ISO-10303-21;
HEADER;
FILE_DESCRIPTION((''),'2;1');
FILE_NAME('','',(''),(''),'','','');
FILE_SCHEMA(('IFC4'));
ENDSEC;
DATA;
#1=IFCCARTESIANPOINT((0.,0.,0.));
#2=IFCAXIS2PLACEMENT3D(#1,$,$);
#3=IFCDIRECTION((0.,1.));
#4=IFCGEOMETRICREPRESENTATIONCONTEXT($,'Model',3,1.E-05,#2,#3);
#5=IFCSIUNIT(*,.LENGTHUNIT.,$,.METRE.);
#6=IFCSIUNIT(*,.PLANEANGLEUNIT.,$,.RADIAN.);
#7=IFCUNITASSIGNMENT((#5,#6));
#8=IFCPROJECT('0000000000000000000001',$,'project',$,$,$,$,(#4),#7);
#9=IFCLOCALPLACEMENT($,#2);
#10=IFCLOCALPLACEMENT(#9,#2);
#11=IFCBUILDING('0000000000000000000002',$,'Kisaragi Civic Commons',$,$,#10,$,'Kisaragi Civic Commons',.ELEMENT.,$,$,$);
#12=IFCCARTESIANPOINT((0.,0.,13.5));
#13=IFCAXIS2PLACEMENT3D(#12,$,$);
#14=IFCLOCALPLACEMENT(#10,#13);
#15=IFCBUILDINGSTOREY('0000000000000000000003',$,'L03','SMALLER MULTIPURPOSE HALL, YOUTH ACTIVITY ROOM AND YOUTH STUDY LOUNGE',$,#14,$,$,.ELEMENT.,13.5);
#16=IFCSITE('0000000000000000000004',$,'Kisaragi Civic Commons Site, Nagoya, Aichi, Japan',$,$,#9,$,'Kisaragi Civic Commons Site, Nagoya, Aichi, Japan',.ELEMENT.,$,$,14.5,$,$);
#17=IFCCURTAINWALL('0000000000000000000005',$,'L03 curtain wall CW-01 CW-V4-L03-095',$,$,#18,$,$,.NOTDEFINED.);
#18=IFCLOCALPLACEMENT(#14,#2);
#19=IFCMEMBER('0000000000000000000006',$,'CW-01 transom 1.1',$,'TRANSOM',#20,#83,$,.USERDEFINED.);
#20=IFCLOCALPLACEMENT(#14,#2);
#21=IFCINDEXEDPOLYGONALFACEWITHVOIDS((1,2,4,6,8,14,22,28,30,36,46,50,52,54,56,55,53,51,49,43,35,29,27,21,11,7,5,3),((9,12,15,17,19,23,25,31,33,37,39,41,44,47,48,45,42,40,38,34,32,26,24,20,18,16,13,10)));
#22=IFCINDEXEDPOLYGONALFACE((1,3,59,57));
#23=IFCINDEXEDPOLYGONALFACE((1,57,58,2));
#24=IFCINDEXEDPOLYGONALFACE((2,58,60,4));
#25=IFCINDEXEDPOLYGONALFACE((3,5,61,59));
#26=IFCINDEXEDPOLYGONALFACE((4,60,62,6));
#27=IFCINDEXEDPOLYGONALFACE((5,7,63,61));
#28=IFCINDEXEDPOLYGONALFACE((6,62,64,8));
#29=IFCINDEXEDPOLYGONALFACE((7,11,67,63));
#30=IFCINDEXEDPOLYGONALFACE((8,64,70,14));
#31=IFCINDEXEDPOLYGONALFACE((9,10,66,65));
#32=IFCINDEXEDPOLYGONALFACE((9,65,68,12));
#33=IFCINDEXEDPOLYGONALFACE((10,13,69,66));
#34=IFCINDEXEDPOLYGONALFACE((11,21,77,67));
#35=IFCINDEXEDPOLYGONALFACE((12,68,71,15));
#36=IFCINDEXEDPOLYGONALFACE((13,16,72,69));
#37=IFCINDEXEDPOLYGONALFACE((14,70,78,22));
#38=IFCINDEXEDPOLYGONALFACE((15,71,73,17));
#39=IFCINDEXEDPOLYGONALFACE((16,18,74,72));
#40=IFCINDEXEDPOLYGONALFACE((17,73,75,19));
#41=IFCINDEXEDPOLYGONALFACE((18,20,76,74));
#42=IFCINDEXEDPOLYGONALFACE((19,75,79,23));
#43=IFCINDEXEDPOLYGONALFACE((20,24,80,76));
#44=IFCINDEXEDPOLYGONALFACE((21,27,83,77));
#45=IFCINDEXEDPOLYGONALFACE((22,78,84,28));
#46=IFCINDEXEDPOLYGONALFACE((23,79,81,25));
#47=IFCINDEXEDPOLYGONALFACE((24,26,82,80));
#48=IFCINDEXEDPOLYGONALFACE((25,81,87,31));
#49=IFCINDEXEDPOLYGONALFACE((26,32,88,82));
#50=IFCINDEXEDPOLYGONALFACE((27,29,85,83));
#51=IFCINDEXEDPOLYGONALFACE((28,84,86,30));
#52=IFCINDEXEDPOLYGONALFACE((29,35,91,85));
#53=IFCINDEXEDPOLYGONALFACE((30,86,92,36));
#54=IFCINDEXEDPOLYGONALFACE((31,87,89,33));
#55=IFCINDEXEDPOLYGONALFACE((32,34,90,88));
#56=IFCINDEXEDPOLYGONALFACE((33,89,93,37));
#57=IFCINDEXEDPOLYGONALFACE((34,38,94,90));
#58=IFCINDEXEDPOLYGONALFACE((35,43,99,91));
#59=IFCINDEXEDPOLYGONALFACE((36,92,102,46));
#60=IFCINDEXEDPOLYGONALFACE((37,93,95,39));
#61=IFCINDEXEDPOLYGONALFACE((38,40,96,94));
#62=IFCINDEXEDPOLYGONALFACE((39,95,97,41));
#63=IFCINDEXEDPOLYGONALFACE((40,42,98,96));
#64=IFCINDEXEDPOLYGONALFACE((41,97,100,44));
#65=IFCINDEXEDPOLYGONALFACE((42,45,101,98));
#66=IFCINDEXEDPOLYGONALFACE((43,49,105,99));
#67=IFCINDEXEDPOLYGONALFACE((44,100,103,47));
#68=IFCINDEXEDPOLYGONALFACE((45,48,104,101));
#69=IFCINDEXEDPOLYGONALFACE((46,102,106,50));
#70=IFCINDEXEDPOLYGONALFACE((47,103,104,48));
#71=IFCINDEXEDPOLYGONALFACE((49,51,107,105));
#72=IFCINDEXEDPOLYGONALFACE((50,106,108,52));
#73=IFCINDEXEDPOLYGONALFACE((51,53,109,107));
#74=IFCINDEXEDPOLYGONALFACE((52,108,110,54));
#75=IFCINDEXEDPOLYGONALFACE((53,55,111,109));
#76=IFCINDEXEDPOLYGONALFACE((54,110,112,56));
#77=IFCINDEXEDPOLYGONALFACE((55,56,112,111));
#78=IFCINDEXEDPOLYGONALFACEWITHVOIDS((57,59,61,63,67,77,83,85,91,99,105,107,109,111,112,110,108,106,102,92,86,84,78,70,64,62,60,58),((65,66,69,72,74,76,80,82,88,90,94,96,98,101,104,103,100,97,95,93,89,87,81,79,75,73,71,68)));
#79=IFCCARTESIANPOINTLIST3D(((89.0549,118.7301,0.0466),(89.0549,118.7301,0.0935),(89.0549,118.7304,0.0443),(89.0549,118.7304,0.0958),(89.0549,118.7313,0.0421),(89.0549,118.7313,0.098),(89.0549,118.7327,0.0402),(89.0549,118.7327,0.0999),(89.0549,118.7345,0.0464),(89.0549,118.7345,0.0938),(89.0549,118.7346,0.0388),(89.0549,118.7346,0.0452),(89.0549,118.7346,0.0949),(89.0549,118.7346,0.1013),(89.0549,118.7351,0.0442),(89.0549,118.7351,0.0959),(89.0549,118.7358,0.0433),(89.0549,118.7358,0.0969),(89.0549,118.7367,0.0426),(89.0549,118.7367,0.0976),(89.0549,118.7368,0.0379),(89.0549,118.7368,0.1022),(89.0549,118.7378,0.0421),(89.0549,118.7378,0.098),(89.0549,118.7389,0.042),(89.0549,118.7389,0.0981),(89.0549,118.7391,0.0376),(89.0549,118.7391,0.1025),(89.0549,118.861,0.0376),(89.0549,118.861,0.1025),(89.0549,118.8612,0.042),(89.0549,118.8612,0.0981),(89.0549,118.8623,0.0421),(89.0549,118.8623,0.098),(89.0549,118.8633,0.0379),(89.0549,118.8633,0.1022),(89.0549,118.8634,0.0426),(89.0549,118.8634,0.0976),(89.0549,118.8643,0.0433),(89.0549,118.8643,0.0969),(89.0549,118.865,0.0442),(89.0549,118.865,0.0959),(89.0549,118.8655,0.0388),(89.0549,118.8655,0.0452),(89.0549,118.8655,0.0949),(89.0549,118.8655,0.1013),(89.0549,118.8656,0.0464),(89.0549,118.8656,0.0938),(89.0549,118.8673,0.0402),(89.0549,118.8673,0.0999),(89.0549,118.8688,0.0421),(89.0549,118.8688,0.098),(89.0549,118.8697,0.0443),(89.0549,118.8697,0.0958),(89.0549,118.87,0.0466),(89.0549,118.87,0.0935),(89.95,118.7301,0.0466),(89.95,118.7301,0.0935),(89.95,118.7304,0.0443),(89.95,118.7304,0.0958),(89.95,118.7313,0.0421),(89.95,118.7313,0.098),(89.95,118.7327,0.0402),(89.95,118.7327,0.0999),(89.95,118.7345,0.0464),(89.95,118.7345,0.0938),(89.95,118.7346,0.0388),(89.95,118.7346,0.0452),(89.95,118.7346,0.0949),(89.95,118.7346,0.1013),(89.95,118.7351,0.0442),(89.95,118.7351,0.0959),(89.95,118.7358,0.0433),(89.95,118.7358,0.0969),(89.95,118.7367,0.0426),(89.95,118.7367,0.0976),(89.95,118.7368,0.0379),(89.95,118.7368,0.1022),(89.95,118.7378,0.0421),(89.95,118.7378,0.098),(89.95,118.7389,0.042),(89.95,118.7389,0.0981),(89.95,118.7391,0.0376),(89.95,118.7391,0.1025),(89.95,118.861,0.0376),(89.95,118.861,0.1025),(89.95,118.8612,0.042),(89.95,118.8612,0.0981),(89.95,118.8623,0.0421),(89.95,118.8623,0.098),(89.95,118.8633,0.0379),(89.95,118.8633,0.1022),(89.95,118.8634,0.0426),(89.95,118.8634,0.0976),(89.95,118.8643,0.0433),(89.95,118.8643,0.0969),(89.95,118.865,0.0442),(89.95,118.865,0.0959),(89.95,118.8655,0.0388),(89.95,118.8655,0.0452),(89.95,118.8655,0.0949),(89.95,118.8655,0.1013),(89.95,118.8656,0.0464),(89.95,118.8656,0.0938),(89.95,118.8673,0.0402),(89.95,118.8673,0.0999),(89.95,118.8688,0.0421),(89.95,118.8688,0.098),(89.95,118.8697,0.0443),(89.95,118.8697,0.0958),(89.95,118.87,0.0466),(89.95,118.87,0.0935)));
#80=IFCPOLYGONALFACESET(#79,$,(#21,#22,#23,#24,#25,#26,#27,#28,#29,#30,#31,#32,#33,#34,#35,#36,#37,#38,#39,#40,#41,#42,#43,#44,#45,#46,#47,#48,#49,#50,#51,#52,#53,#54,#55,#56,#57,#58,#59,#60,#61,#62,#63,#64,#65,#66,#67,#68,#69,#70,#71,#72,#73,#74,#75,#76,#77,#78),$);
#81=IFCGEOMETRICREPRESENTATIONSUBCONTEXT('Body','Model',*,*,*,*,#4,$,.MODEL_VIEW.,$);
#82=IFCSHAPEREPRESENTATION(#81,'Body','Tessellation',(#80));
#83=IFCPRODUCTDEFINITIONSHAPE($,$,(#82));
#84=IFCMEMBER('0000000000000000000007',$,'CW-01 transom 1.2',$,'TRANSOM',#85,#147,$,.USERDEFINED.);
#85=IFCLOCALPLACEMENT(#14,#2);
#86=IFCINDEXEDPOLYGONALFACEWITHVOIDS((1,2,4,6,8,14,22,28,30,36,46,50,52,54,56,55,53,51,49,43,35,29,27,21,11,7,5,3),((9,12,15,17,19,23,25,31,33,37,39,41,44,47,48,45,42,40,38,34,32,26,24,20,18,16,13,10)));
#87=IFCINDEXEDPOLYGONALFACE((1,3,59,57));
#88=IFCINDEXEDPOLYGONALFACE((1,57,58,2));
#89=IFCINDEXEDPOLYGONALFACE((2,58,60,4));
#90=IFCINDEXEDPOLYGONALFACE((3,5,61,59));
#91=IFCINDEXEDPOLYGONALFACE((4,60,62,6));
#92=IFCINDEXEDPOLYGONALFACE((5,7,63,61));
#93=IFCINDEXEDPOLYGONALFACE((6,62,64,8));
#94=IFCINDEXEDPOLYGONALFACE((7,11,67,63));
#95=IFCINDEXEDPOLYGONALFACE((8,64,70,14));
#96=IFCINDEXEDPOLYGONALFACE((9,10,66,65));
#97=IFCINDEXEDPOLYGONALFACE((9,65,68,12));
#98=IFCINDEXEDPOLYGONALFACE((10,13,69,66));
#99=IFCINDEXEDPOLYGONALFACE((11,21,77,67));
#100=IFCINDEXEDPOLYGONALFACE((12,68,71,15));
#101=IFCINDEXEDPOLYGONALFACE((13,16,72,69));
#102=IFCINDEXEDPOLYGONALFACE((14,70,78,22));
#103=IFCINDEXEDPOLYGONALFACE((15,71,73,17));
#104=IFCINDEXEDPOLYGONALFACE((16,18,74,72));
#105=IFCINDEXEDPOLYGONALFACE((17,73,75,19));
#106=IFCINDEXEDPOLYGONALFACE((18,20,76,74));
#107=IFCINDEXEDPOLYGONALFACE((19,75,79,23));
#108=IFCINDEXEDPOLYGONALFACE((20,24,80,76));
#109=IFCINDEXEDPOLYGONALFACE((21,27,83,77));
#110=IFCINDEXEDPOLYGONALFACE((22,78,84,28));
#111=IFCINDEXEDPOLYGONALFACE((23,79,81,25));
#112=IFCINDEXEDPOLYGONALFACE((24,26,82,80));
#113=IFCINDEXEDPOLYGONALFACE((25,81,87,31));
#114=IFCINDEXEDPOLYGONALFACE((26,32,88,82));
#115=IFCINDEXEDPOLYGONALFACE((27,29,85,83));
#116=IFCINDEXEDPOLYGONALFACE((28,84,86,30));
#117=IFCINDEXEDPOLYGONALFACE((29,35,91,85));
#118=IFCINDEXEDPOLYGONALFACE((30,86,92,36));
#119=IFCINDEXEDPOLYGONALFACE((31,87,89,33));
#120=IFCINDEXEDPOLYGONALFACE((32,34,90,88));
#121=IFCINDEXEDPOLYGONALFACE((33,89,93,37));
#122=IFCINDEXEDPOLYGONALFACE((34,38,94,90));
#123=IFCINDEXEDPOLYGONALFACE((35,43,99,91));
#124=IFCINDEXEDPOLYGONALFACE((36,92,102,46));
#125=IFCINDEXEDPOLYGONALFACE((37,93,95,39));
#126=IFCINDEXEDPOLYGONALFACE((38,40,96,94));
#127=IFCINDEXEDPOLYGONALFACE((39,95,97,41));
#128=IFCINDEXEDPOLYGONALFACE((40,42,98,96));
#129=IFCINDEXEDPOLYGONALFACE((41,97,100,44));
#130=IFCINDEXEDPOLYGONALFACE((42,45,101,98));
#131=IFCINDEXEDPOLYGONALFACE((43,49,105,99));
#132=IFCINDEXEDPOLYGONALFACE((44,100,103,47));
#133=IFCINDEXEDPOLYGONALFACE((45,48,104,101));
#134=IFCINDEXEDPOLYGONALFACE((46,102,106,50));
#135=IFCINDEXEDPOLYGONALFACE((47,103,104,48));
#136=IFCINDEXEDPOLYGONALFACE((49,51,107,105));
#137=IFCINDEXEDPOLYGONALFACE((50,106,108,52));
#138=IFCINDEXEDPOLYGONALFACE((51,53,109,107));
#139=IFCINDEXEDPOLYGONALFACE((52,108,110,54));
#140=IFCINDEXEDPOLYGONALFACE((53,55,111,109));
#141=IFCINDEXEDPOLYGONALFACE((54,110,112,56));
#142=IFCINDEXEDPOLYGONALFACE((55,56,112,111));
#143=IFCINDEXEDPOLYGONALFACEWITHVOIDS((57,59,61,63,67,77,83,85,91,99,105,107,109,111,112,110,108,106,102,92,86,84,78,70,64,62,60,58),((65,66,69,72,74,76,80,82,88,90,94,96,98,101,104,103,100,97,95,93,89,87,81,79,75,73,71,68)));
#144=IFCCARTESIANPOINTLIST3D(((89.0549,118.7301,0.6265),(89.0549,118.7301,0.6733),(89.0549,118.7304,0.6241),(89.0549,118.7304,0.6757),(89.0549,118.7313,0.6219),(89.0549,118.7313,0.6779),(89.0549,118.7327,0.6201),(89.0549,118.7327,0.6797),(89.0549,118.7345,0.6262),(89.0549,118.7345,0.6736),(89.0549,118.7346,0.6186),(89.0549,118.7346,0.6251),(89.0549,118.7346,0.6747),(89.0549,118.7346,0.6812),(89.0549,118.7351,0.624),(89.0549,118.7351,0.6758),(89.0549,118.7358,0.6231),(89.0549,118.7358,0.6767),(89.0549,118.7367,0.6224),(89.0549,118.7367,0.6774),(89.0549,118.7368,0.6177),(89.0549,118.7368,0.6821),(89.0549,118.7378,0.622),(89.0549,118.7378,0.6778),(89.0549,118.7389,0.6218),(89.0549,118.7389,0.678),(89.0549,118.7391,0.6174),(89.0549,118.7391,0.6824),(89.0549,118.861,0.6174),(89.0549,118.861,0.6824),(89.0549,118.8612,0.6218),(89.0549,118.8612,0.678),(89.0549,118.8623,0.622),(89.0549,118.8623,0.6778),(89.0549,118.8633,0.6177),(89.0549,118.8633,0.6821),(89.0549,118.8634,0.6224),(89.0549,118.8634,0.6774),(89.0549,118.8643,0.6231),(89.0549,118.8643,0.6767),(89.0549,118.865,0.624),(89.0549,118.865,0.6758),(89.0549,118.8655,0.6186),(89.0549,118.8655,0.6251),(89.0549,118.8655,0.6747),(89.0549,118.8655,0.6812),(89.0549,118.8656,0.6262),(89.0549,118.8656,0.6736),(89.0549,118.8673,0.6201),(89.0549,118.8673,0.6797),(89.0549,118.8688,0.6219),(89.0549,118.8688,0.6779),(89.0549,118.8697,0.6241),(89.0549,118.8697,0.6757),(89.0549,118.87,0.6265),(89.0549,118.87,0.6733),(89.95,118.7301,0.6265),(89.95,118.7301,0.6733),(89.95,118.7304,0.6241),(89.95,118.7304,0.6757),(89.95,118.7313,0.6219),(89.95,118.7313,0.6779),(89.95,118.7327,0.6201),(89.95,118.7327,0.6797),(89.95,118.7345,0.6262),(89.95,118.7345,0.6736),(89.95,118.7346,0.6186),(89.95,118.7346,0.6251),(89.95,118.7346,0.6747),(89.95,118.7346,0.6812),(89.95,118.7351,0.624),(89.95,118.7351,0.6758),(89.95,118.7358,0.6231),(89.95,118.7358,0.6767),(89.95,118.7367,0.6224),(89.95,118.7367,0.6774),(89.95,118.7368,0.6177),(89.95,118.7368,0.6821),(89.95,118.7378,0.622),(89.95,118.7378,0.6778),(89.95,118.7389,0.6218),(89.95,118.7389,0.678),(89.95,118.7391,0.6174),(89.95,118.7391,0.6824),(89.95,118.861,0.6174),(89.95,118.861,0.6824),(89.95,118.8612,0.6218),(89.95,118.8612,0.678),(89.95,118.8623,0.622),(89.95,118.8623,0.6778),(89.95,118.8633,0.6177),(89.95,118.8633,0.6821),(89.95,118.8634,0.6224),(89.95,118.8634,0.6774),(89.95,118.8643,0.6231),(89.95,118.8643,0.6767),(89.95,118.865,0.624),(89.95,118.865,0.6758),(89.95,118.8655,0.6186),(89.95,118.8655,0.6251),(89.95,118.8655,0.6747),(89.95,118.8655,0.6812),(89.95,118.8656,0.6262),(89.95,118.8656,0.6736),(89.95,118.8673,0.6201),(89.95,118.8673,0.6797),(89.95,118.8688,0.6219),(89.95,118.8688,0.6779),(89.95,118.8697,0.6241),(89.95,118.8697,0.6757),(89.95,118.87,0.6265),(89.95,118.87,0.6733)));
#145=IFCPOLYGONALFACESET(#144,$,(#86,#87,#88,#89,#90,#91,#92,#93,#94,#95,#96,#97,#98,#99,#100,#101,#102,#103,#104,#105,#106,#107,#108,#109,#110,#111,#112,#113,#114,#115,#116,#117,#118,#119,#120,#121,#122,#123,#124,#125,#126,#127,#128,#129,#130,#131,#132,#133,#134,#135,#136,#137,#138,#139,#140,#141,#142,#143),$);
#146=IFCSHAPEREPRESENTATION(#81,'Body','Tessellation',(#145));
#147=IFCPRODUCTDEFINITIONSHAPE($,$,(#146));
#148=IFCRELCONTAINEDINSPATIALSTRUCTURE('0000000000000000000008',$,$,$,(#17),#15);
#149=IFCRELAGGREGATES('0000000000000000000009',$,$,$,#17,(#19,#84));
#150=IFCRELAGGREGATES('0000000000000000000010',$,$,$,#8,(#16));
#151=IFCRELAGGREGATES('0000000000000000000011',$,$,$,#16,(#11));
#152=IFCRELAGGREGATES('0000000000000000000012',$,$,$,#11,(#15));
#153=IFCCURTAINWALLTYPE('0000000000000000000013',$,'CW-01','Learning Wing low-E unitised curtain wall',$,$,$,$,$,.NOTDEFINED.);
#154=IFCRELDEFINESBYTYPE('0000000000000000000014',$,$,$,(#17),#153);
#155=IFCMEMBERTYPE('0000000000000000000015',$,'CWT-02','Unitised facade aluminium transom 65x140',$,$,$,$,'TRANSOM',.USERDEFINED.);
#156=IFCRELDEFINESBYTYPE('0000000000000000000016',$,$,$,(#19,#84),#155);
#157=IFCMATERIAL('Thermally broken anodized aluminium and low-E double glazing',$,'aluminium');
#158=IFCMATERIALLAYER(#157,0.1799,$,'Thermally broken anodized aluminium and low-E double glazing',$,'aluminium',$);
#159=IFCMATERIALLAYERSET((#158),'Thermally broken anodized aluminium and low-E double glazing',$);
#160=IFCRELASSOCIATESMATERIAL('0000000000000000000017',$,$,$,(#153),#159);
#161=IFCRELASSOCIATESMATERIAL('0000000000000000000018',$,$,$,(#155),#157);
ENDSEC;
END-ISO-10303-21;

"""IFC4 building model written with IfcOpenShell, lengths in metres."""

from ifc_helpers import new_model, si_unit, direction, frame, origin, origin_2d, place, context, subcontext, project, spatial, hollow_rectangle, extrude, material, layer, layer_set, material_profile, profile_set, type_object, element, aggregate, save


model = new_model("IFC4")

# Units and contexts
model_context = context("Model", 3, precision=1e-05, world=origin(), true_north=direction((0.0, 1.0)))
body_context = subcontext(model_context, "Body", "Model", "MODEL_VIEW")
ifc_project = project(units=[si_unit("LENGTHUNIT", "METRE"), si_unit("PLANEANGLEUNIT", "RADIAN")], contexts=[model_context])

# Site, building, storey
site_placement = place(None, origin())
site = spatial("IfcSite", under=ifc_project, at=site_placement, Name="Kisaragi Civic Commons Site, Nagoya, Aichi, Japan", LongName="Kisaragi Civic Commons Site, Nagoya, Aichi, Japan", CompositionType="ELEMENT", RefElevation=14.5)
building_placement = place(site_placement, origin())
building = spatial("IfcBuilding", under=site, at=building_placement, Name="Kisaragi Civic Commons", LongName="Kisaragi Civic Commons", CompositionType="ELEMENT")
storey_placement = place(building_placement, frame((0.0, 0.0, 13.5)))
storey = spatial("IfcBuildingStorey", under=building, at=storey_placement, Name="L03", Description="SMALLER MULTIPURPOSE HALL, YOUTH ACTIVITY ROOM AND YOUTH STUDY LOUNGE", CompositionType="ELEMENT", Elevation=13.5)

# Curtain wall, members
ifc_material_1 = material(Name="Thermally broken anodized aluminium and low-E double glazing", Category="aluminium")
ifc_layer_1 = layer(ifc_material_1, 0.1799, Name="Thermally broken anodized aluminium and low-E double glazing", Category="aluminium")
ifc_layer_set_1 = layer_set([ifc_layer_1], Name="Thermally broken anodized aluminium and low-E double glazing")
curtain_wall_type = type_object("IfcCurtainWallType", Name="CW-01", Description="Learning Wing low-E unitised curtain wall", PredefinedType="NOTDEFINED", material=ifc_layer_set_1)
curtain_wall_placement = place(storey_placement, origin())
curtain_wall = element("IfcCurtainWall", 1, at=curtain_wall_placement, inside=storey, type_object=curtain_wall_type, Name="L03 curtain wall CW-01 CW-V4-L03-095", PredefinedType="NOTDEFINED")
ifc_material_profile_1 = material_profile(ifc_material_1, hollow_rectangle(XDim=0.1399, YDim=0.0649, WallThickness=0.0044, InnerFilletRadius=0.0044, OuterFilletRadius=0.009, at=origin_2d()), Name="CWT-65x140x4.5", Category="aluminium")
ifc_profile_set_1 = profile_set([ifc_material_profile_1], Name="Thermally broken anodized aluminium and low-E double glazing")
member_type_1 = type_object("IfcMemberType", Name="CWT-02", Description="Unitised facade aluminium transom 65x140", ElementType="TRANSOM", PredefinedType="USERDEFINED", material=ifc_profile_set_1)
member_1_placement = place(storey_placement, frame((89.0549, 118.8, 0.0701), z_axis=(1.0, 0.0, 0.0), x_axis=(0.0, 1.0, 0.0)))
member_1 = element("IfcMember", 2, at=member_1_placement, type_object=member_type_1, Name="CW-01 transom 1.1", ObjectType="TRANSOM", PredefinedType="USERDEFINED", context=body_context, shape_type="SweptSolid", body=[
    extrude(hollow_rectangle(XDim=0.1399, YDim=0.0649, WallThickness=0.0044, InnerFilletRadius=0.0044, OuterFilletRadius=0.009, at=origin_2d()), origin(), (0.0, 0.0, 1.0), 0.895),
])
member_2_placement = place(storey_placement, frame((89.0549, 118.8, 0.6499), z_axis=(1.0, 0.0, 0.0), x_axis=(0.0, 1.0, 0.0)))
member_2 = element("IfcMember", 3, at=member_2_placement, type_object=member_type_1, Name="CW-01 transom 1.2", ObjectType="TRANSOM", PredefinedType="USERDEFINED", context=body_context, shape_type="SweptSolid", body=[
    extrude(hollow_rectangle(XDim=0.1399, YDim=0.0649, WallThickness=0.0044, InnerFilletRadius=0.0044, OuterFilletRadius=0.009, at=origin_2d()), origin(), (0.0, 0.0, 1.0), 0.895),
])

aggregate(curtain_wall, [member_1, member_2])

save(model, "model.ifc")
